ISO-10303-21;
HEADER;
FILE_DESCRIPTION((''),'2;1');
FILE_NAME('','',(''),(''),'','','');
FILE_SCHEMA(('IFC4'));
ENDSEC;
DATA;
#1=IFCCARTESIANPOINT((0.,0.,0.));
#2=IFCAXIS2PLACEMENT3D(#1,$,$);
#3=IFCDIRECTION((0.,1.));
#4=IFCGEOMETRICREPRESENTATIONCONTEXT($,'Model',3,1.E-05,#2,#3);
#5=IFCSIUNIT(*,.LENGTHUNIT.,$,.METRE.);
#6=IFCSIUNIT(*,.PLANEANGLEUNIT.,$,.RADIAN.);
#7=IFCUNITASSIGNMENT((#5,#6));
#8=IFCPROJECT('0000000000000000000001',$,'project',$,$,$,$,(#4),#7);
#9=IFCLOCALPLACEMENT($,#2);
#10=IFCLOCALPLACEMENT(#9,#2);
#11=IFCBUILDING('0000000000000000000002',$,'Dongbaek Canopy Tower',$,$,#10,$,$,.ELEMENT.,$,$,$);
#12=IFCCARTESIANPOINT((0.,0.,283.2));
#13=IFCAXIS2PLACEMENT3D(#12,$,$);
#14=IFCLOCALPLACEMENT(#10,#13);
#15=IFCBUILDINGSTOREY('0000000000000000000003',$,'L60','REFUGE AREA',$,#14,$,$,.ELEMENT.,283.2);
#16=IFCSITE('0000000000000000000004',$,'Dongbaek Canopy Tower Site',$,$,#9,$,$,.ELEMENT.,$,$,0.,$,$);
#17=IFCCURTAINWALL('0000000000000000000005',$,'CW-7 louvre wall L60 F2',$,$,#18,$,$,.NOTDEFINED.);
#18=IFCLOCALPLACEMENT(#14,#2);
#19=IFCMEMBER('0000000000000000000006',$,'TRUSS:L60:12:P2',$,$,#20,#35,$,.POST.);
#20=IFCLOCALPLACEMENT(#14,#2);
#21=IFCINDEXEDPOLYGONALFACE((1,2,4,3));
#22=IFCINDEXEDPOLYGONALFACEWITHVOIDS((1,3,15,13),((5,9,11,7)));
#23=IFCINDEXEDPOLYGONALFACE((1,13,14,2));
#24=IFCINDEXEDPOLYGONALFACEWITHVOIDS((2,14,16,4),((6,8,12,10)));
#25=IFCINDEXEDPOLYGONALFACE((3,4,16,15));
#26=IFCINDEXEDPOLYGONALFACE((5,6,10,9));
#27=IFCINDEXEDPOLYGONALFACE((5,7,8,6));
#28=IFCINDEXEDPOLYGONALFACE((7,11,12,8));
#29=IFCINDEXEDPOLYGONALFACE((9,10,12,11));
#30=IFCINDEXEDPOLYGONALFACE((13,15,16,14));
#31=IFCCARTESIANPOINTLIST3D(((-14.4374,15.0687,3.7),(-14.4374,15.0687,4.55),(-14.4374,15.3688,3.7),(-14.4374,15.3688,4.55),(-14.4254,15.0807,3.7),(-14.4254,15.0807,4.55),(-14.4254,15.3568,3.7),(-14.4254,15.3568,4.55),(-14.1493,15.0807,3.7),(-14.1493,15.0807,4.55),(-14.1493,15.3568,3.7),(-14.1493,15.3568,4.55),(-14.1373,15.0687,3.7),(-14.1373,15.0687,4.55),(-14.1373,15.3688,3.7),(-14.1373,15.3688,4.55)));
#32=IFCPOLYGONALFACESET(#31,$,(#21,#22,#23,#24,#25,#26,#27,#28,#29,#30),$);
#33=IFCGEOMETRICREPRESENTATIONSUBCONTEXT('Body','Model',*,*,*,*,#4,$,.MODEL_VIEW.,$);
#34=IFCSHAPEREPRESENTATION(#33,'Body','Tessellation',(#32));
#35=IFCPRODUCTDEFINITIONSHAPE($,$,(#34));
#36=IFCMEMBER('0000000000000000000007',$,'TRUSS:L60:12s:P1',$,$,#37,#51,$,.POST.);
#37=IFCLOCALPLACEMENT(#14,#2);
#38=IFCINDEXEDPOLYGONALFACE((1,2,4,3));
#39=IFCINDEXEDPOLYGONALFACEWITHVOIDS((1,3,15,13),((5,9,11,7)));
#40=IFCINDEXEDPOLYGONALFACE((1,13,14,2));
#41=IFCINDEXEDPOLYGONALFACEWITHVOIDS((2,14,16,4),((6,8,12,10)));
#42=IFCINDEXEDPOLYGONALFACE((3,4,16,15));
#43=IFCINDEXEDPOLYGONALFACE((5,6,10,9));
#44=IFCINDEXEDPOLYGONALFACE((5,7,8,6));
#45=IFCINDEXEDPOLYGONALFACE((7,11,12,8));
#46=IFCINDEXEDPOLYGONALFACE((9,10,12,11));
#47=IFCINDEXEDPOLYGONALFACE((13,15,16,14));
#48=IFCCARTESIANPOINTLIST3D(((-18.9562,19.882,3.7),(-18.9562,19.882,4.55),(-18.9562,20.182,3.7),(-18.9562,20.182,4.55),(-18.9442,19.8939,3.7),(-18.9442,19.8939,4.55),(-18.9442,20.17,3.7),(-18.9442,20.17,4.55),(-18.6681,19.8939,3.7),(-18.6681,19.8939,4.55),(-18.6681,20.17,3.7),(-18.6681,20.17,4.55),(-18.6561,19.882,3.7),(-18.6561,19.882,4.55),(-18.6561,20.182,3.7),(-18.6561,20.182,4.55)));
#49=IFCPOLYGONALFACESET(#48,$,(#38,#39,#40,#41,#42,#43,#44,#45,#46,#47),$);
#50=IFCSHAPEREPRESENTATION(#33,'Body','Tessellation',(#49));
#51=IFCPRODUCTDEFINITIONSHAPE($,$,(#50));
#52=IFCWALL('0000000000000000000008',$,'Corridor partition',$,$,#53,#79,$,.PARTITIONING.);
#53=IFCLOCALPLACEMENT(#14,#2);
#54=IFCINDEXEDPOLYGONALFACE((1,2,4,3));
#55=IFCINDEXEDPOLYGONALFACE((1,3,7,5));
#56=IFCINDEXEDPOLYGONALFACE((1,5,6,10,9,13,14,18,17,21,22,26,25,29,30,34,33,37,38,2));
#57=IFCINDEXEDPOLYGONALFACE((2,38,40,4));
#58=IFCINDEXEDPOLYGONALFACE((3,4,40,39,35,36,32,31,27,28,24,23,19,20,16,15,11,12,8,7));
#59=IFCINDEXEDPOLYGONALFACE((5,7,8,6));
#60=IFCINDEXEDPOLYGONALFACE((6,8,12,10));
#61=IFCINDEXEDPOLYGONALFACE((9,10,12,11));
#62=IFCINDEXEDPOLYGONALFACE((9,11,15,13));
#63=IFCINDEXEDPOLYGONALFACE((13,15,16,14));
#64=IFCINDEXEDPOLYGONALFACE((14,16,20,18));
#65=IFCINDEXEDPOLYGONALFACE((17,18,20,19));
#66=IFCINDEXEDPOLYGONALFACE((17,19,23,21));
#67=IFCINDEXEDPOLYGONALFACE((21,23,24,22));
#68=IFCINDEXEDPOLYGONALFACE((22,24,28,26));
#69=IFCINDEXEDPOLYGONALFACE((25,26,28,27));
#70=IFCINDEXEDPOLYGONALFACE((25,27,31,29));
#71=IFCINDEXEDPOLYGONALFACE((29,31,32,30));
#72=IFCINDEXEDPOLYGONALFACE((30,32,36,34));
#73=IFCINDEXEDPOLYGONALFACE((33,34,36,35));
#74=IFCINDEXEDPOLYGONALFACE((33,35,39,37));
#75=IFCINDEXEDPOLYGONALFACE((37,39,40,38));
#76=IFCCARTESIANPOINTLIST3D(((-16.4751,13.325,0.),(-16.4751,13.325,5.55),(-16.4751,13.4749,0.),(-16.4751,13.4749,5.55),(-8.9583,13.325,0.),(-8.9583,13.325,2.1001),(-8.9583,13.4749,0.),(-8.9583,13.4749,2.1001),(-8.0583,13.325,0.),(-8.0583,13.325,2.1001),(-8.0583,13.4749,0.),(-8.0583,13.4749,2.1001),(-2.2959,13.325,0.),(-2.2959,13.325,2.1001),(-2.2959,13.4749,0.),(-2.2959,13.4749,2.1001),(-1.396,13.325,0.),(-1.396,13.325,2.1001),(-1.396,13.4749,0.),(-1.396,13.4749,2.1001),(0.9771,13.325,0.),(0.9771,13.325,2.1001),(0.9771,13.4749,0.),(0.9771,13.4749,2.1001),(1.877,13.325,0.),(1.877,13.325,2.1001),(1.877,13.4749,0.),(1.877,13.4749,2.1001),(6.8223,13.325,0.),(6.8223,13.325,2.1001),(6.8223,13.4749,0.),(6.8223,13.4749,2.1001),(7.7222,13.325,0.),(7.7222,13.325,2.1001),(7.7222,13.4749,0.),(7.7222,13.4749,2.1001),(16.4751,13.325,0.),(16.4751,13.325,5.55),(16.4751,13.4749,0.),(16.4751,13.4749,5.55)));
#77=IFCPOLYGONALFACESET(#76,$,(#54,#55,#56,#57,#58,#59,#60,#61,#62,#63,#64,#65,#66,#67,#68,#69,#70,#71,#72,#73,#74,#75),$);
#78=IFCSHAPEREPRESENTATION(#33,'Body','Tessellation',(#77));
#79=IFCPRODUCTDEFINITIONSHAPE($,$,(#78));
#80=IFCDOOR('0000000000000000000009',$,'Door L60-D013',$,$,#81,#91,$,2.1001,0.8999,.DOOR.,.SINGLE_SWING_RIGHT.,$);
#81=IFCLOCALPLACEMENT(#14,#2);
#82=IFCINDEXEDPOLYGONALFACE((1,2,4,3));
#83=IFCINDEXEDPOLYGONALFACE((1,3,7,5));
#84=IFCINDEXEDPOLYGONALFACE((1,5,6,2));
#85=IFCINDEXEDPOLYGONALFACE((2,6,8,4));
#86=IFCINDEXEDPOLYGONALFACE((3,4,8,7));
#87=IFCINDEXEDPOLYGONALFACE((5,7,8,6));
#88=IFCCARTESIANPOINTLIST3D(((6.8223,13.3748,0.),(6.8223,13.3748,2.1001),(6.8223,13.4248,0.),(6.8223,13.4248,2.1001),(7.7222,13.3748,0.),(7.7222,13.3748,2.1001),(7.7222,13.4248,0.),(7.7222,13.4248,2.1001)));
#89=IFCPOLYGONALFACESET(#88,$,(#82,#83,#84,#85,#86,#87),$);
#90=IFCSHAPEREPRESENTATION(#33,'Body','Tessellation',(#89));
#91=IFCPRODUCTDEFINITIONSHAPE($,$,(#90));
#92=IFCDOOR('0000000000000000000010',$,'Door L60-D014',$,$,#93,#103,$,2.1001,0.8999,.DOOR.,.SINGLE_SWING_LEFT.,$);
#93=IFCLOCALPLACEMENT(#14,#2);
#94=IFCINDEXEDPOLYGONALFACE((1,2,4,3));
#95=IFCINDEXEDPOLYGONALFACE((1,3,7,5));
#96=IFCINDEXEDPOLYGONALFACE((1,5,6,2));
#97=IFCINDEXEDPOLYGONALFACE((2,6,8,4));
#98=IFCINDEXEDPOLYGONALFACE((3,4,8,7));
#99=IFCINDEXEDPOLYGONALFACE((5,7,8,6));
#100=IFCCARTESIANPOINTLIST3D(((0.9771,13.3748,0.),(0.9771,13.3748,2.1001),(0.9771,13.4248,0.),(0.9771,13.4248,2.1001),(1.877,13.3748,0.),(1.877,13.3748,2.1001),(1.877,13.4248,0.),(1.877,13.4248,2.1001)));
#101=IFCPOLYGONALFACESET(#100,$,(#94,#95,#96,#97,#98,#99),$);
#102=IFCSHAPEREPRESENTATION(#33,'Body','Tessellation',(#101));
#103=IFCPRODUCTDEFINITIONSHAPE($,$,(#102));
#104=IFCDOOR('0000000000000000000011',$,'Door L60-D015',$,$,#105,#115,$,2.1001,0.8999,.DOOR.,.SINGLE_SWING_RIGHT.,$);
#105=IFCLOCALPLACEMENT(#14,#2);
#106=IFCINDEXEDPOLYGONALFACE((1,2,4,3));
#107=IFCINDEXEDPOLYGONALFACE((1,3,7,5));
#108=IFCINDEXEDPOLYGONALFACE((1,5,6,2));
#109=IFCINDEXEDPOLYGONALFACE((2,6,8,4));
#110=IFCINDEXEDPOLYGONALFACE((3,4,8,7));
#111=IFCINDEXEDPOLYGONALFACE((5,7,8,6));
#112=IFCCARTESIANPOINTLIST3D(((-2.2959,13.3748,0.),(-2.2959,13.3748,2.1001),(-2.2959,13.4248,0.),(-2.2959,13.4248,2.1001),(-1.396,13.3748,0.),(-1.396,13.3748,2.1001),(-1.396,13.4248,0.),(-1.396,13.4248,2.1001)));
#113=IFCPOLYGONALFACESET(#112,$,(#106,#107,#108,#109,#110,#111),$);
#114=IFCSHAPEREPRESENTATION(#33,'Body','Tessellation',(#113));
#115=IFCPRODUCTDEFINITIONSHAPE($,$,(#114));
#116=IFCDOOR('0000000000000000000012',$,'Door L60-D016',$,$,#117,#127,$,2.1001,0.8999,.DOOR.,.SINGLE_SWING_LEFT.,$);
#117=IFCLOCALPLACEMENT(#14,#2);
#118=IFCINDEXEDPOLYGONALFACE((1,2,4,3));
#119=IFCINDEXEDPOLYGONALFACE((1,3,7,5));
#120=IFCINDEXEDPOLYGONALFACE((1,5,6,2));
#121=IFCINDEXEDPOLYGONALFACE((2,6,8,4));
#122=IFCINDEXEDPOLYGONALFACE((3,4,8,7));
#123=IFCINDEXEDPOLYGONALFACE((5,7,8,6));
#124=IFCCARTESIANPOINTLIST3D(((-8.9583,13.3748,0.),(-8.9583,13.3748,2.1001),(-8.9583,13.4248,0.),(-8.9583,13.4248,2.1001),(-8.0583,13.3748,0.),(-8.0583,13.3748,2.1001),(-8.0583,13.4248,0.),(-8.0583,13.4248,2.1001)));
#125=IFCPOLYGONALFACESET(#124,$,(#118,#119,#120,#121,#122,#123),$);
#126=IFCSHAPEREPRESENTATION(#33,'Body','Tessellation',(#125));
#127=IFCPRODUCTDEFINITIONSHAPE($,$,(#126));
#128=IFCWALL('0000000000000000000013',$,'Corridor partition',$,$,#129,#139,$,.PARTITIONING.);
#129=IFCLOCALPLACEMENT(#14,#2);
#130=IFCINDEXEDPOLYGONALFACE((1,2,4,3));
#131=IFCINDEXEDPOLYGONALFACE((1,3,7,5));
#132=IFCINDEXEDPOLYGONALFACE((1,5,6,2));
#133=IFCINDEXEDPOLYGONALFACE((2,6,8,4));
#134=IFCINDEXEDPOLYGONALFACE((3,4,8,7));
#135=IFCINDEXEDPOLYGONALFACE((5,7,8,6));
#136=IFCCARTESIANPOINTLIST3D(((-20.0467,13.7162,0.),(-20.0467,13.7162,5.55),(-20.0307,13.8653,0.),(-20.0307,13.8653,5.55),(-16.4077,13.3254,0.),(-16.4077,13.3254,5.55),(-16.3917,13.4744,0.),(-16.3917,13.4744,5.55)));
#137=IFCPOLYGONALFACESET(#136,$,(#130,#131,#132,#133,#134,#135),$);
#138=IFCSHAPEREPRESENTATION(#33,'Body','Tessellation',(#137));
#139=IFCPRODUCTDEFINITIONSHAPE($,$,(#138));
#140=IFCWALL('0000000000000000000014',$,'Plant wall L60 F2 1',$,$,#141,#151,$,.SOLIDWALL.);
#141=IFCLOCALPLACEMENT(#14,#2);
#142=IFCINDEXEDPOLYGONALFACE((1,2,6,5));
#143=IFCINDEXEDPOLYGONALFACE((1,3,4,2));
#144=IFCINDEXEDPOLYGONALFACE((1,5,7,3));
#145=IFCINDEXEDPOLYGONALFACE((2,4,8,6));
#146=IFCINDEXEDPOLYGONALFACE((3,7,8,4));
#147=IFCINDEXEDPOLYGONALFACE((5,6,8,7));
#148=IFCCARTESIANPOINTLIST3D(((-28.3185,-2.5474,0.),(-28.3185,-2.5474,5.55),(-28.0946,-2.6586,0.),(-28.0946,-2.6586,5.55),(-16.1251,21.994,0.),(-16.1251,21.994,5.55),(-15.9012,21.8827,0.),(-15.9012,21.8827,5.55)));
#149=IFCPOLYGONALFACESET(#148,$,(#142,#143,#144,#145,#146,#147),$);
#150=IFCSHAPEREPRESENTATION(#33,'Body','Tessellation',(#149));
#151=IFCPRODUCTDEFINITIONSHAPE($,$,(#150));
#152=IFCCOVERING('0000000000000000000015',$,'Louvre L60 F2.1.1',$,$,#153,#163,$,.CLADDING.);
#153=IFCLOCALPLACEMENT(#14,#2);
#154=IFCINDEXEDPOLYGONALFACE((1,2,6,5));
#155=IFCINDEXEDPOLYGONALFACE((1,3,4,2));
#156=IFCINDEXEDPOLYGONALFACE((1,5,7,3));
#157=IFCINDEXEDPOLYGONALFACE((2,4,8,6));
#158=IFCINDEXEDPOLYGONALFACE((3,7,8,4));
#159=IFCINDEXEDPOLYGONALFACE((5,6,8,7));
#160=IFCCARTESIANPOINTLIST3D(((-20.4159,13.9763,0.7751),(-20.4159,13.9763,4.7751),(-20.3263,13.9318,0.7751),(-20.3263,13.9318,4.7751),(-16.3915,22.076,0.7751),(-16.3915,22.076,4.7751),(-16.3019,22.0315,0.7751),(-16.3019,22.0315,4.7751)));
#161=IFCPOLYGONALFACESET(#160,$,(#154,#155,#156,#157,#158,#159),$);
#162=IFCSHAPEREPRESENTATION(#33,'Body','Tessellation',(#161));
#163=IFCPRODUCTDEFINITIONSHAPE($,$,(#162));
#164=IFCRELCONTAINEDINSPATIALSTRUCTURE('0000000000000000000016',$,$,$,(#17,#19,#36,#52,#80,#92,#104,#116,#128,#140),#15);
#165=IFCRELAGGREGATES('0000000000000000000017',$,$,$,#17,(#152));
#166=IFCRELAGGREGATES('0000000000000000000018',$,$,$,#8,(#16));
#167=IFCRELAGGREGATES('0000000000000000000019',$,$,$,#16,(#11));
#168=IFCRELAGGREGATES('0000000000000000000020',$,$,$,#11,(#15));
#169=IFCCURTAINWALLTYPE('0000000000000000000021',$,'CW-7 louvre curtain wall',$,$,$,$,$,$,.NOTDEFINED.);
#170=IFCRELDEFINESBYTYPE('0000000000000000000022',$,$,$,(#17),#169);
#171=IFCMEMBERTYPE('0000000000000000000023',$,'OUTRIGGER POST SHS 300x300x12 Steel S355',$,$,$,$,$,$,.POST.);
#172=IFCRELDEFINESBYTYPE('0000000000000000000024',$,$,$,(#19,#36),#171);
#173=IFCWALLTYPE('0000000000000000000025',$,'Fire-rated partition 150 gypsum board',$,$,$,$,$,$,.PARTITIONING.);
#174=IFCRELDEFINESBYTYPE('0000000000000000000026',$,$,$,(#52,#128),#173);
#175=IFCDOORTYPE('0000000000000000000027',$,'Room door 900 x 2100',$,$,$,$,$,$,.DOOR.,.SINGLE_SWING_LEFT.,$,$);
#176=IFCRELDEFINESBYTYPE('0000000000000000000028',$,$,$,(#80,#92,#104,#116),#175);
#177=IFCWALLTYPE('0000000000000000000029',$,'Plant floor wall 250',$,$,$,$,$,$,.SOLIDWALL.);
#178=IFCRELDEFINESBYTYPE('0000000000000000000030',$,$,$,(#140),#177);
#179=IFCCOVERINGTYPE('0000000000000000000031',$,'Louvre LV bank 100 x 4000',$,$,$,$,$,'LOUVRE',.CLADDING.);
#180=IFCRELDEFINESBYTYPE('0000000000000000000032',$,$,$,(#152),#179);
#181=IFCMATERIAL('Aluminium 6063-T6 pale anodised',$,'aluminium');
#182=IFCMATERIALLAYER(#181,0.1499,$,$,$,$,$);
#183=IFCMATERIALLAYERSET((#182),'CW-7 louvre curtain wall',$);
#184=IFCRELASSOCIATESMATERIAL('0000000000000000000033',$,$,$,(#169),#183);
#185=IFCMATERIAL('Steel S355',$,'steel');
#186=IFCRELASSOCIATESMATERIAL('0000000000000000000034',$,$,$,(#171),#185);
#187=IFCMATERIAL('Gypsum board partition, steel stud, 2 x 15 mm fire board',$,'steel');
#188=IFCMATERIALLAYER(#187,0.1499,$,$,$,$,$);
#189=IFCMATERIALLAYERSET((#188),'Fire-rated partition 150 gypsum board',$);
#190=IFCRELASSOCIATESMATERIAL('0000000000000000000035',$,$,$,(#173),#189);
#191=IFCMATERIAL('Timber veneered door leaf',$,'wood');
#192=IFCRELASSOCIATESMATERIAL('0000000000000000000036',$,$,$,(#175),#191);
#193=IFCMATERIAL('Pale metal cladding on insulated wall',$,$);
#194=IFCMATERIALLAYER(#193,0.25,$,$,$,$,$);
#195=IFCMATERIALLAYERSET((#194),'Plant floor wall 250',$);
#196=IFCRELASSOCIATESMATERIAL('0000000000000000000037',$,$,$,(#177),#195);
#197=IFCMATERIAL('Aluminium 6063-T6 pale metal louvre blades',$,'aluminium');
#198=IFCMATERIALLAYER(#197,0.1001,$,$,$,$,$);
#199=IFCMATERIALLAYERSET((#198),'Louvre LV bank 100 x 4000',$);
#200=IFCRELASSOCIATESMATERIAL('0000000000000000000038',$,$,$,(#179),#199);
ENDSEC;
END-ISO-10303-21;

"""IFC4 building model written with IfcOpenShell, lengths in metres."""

from ifc_helpers import new_model, si_unit, direction, frame, frame_2d, origin, origin_2d, place, context, subcontext, project, spatial, rectangle, hollow_rectangle, extrude, material, layer, layer_set, material_profile, profile_set, type_object, element, fill, aggregate, save


model = new_model("IFC4")

# Units and contexts
model_context = context("Model", 3, precision=1e-05, world=origin(), true_north=direction((0.0, 1.0)))
body_context = subcontext(model_context, "Body", "Model", "MODEL_VIEW")
ifc_project = project(units=[si_unit("LENGTHUNIT", "METRE"), si_unit("PLANEANGLEUNIT", "RADIAN")], contexts=[model_context])

# Site, building, storey
site_placement = place(None, origin())
site = spatial("IfcSite", under=ifc_project, at=site_placement, Name="Dongbaek Canopy Tower Site", CompositionType="ELEMENT", RefElevation=0.0)
building_placement = place(site_placement, origin())
building = spatial("IfcBuilding", under=site, at=building_placement, Name="Dongbaek Canopy Tower", CompositionType="ELEMENT")
storey_placement = place(building_placement, frame((0.0, 0.0, 283.2)))
storey = spatial("IfcBuildingStorey", under=building, at=storey_placement, Name="L60", Description="REFUGE AREA", CompositionType="ELEMENT", Elevation=283.2)

# Shared definitions
ifc_material_1 = material(Name="Aluminium 6063-T6 pale anodised", Category="aluminium")
ifc_layer_1 = layer(ifc_material_1, 0.1499)
ifc_layer_set_1 = layer_set([ifc_layer_1], Name="CW-7 louvre curtain wall")
curtain_wall_type = type_object("IfcCurtainWallType", Name="CW-7 louvre curtain wall", PredefinedType="NOTDEFINED", material=ifc_layer_set_1)

# Curtain wall
curtain_wall_1_placement = place(storey_placement, origin())
curtain_wall_1 = element("IfcCurtainWall", 1, at=curtain_wall_1_placement, inside=storey, type_object=curtain_wall_type, Name="CW-7 louvre wall L60 F2", PredefinedType="NOTDEFINED")

# Members
ifc_material_2 = material(Name="Steel S355", Category="steel")
ifc_material_profile_1 = material_profile(ifc_material_2, hollow_rectangle(XDim=0.3, YDim=0.3, WallThickness=0.012, at=origin_2d()), Name="OUTRIGGER POST SHS 300x300x12 Steel S355")
ifc_profile_set_1 = profile_set([ifc_material_profile_1], Name="Steel S355")
member_type_1 = type_object("IfcMemberType", Name="OUTRIGGER POST SHS 300x300x12 Steel S355", PredefinedType="POST", material=ifc_profile_set_1)
for number, where, z_axis, x_axis, name in (
    (2, (-14.2874, 15.2188, 3.7), (0.0, 0.0, 1.0), (1.0, 0.0, 0.0), "TRUSS:L60:12:P2"),
    (3, (-18.8062, 20.032, 3.7), (0.0, 0.0, 1.0), (1.0, 0.0, 0.0), "TRUSS:L60:12s:P1"),
):
    element("IfcMember", number, at=place(storey_placement, frame(where, z_axis=z_axis, x_axis=x_axis)), inside=storey, type_object=member_type_1, Name=name, PredefinedType="POST", context=body_context, shape_type="SweptSolid", body=[
        extrude(hollow_rectangle(XDim=0.3, YDim=0.3, WallThickness=0.012, at=origin_2d()), origin(), (0.0, 0.0, 1.0), 0.8501),
    ])

# Wall, openings, doors
ifc_material_3 = material(Name="Gypsum board partition, steel stud, 2 x 15 mm fire board", Category="steel")
ifc_layer_2 = layer(ifc_material_3, 0.1499)
ifc_layer_set_2 = layer_set([ifc_layer_2], Name="Fire-rated partition 150 gypsum board")
wall_type_1 = type_object("IfcWallType", Name="Fire-rated partition 150 gypsum board", PredefinedType="PARTITIONING", material=ifc_layer_set_2)
wall_1_placement = place(storey_placement, frame((-16.4751, 13.3999, 0.0), z_axis=(0.0, 0.0, 1.0), x_axis=(1.0, 0.0, 0.0)))
wall_1 = element("IfcWall", 4, at=wall_1_placement, inside=storey, type_object=wall_type_1, Name="Corridor partition", PredefinedType="PARTITIONING", context=body_context, shape_type="SweptSolid", body=[
    extrude(rectangle(XDim=32.9502, YDim=0.1499, at=frame_2d((16.4751, 0.0))), origin(), (0.0, 0.0, 1.0), 5.55),
])
opening_1_placement = place(wall_1_placement, frame((23.2974, 0.0, 0.0)))
opening_1 = element("IfcOpeningElement", 5, at=opening_1_placement, cuts=wall_1, PredefinedType="OPENING", context=body_context, shape_type="SweptSolid", body=[
    extrude(rectangle(XDim=0.8999, YDim=2.1001, at=frame_2d((0.45, 1.05))), frame((0.0, 0.085, 0.0), z_axis=(0.0, -1.0, 0.0), x_axis=(1.0, 0.0, 0.0)), (0.0, 0.0, 1.0), 0.1699),
])
opening_2_placement = place(wall_1_placement, frame((17.4521, 0.0, 0.0)))
opening_2 = element("IfcOpeningElement", 6, at=opening_2_placement, cuts=wall_1, PredefinedType="OPENING", context=body_context, shape_type="SweptSolid", body=[
    extrude(rectangle(XDim=0.8999, YDim=2.1001, at=frame_2d((0.45, 1.05))), frame((0.0, 0.085, 0.0), z_axis=(0.0, -1.0, 0.0), x_axis=(1.0, 0.0, 0.0)), (0.0, 0.0, 1.0), 0.1699),
])
opening_3_placement = place(wall_1_placement, frame((14.1792, 0.0, 0.0)))
opening_3 = element("IfcOpeningElement", 7, at=opening_3_placement, cuts=wall_1, PredefinedType="OPENING", context=body_context, shape_type="SweptSolid", body=[
    extrude(rectangle(XDim=0.8999, YDim=2.1001, at=frame_2d((0.45, 1.05))), frame((0.0, 0.085, 0.0), z_axis=(0.0, -1.0, 0.0), x_axis=(1.0, 0.0, 0.0)), (0.0, 0.0, 1.0), 0.1699),
])
opening_4_placement = place(wall_1_placement, frame((7.5168, 0.0, 0.0)))
opening_4 = element("IfcOpeningElement", 8, at=opening_4_placement, cuts=wall_1, PredefinedType="OPENING", context=body_context, shape_type="SweptSolid", body=[
    extrude(rectangle(XDim=0.8999, YDim=2.1001, at=frame_2d((0.45, 1.05))), frame((0.0, 0.085, 0.0), z_axis=(0.0, -1.0, 0.0), x_axis=(1.0, 0.0, 0.0)), (0.0, 0.0, 1.0), 0.1699),
])
ifc_material_4 = material(Name="Timber veneered door leaf", Category="wood")
door_type = type_object("IfcDoorType", Name="Room door 900 x 2100", OperationType="SINGLE_SWING_LEFT", PredefinedType="DOOR", material=ifc_material_4)
door_1_placement = place(opening_1_placement, origin())
door_1 = element("IfcDoor", 9, at=door_1_placement, inside=storey, type_object=door_type, Name="Door L60-D013", OperationType="SINGLE_SWING_RIGHT", OverallHeight=2.1001, OverallWidth=0.8999, PredefinedType="DOOR", context=body_context, shape_type="SweptSolid", body=[
    extrude(rectangle(XDim=0.8999, YDim=2.1001, at=frame_2d((0.45, 1.05))), frame((0.0, 0.0249, 0.0), z_axis=(0.0, -1.0, 0.0), x_axis=(1.0, 0.0, 0.0)), (0.0, 0.0, 1.0), 0.05),
])
fill(opening_1, door_1)
door_2_placement = place(opening_2_placement, origin())
door_2 = element("IfcDoor", 10, at=door_2_placement, inside=storey, type_object=door_type, Name="Door L60-D014", OperationType="SINGLE_SWING_LEFT", OverallHeight=2.1001, OverallWidth=0.8999, PredefinedType="DOOR", context=body_context, shape_type="SweptSolid", body=[
    extrude(rectangle(XDim=0.8999, YDim=2.1001, at=frame_2d((0.45, 1.05))), frame((0.0, 0.0249, 0.0), z_axis=(0.0, -1.0, 0.0), x_axis=(1.0, 0.0, 0.0)), (0.0, 0.0, 1.0), 0.05),
])
fill(opening_2, door_2)
door_3_placement = place(opening_3_placement, origin())
door_3 = element("IfcDoor", 11, at=door_3_placement, inside=storey, type_object=door_type, Name="Door L60-D015", OperationType="SINGLE_SWING_RIGHT", OverallHeight=2.1001, OverallWidth=0.8999, PredefinedType="DOOR", context=body_context, shape_type="SweptSolid", body=[
    extrude(rectangle(XDim=0.8999, YDim=2.1001, at=frame_2d((0.45, 1.05))), frame((0.0, 0.0249, 0.0), z_axis=(0.0, -1.0, 0.0), x_axis=(1.0, 0.0, 0.0)), (0.0, 0.0, 1.0), 0.05),
])
fill(opening_3, door_3)
door_4_placement = place(opening_4_placement, origin())
door_4 = element("IfcDoor", 12, at=door_4_placement, inside=storey, type_object=door_type, Name="Door L60-D016", OperationType="SINGLE_SWING_LEFT", OverallHeight=2.1001, OverallWidth=0.8999, PredefinedType="DOOR", context=body_context, shape_type="SweptSolid", body=[
    extrude(rectangle(XDim=0.8999, YDim=2.1001, at=frame_2d((0.45, 1.05))), frame((0.0, 0.0249, 0.0), z_axis=(0.0, -1.0, 0.0), x_axis=(1.0, 0.0, 0.0)), (0.0, 0.0, 1.0), 0.05),
])
fill(opening_4, door_4)

# Walls
wall_2_placement = place(storey_placement, frame((-20.0388, 13.7908, 0.0), z_axis=(0.0, 0.0, 1.0), x_axis=(0.994281, -0.106799, 0.0)))
element("IfcWall", 13, at=wall_2_placement, inside=storey, type_object=wall_type_1, Name="Corridor partition", PredefinedType="PARTITIONING", context=body_context, shape_type="SweptSolid", body=[
    extrude(rectangle(XDim=3.6599, YDim=0.1499, at=frame_2d((1.8301, 0.0))), origin(), (0.0, 0.0, 1.0), 5.55),
])
ifc_material_5 = material(Name="Pale metal cladding on insulated wall")
ifc_layer_3 = layer(ifc_material_5, 0.25)
ifc_layer_set_3 = layer_set([ifc_layer_3], Name="Plant floor wall 250")
wall_type_2 = type_object("IfcWallType", Name="Plant floor wall 250", PredefinedType="SOLIDWALL", material=ifc_layer_set_3)
wall_3_placement = place(storey_placement, frame((-16.0132, 21.9382, 0.0), z_axis=(0.0, 0.0, 1.0), x_axis=(-0.444956, -0.895552, 0.0)))
element("IfcWall", 14, at=wall_3_placement, inside=storey, type_object=wall_type_2, Name="Plant wall L60 F2 1", PredefinedType="SOLIDWALL", context=body_context, shape_type="SweptSolid", body=[
    extrude(rectangle(XDim=27.4036, YDim=0.25, at=frame_2d((13.7017, 0.0))), origin(), (0.0, 0.0, 1.0), 5.55),
])

# Covering
ifc_material_6 = material(Name="Aluminium 6063-T6 pale metal louvre blades", Category="aluminium")
ifc_layer_4 = layer(ifc_material_6, 0.1001)
ifc_layer_set_4 = layer_set([ifc_layer_4], Name="Louvre LV bank 100 x 4000")
covering_type = type_object("IfcCoveringType", Name="Louvre LV bank 100 x 4000", ElementType="LOUVRE", PredefinedType="CLADDING", material=ifc_layer_set_4)
covering_placement = place(storey_placement, frame((-18.3589, 18.0039, 0.7751), z_axis=(0.0, 0.0, 1.0), x_axis=(-0.444962, -0.895549, 0.0)))
covering = element("IfcCovering", 15, at=covering_placement, type_object=covering_type, Name="Louvre L60 F2.1.1", PredefinedType="CLADDING", context=body_context, shape_type="SweptSolid", body=[
    extrude(rectangle(XDim=9.0444, YDim=0.1001, at=origin_2d()), origin(), (0.0, 0.0, 1.0), 4.0),
])

aggregate(curtain_wall_1, [covering])

save(model, "model.ifc")
